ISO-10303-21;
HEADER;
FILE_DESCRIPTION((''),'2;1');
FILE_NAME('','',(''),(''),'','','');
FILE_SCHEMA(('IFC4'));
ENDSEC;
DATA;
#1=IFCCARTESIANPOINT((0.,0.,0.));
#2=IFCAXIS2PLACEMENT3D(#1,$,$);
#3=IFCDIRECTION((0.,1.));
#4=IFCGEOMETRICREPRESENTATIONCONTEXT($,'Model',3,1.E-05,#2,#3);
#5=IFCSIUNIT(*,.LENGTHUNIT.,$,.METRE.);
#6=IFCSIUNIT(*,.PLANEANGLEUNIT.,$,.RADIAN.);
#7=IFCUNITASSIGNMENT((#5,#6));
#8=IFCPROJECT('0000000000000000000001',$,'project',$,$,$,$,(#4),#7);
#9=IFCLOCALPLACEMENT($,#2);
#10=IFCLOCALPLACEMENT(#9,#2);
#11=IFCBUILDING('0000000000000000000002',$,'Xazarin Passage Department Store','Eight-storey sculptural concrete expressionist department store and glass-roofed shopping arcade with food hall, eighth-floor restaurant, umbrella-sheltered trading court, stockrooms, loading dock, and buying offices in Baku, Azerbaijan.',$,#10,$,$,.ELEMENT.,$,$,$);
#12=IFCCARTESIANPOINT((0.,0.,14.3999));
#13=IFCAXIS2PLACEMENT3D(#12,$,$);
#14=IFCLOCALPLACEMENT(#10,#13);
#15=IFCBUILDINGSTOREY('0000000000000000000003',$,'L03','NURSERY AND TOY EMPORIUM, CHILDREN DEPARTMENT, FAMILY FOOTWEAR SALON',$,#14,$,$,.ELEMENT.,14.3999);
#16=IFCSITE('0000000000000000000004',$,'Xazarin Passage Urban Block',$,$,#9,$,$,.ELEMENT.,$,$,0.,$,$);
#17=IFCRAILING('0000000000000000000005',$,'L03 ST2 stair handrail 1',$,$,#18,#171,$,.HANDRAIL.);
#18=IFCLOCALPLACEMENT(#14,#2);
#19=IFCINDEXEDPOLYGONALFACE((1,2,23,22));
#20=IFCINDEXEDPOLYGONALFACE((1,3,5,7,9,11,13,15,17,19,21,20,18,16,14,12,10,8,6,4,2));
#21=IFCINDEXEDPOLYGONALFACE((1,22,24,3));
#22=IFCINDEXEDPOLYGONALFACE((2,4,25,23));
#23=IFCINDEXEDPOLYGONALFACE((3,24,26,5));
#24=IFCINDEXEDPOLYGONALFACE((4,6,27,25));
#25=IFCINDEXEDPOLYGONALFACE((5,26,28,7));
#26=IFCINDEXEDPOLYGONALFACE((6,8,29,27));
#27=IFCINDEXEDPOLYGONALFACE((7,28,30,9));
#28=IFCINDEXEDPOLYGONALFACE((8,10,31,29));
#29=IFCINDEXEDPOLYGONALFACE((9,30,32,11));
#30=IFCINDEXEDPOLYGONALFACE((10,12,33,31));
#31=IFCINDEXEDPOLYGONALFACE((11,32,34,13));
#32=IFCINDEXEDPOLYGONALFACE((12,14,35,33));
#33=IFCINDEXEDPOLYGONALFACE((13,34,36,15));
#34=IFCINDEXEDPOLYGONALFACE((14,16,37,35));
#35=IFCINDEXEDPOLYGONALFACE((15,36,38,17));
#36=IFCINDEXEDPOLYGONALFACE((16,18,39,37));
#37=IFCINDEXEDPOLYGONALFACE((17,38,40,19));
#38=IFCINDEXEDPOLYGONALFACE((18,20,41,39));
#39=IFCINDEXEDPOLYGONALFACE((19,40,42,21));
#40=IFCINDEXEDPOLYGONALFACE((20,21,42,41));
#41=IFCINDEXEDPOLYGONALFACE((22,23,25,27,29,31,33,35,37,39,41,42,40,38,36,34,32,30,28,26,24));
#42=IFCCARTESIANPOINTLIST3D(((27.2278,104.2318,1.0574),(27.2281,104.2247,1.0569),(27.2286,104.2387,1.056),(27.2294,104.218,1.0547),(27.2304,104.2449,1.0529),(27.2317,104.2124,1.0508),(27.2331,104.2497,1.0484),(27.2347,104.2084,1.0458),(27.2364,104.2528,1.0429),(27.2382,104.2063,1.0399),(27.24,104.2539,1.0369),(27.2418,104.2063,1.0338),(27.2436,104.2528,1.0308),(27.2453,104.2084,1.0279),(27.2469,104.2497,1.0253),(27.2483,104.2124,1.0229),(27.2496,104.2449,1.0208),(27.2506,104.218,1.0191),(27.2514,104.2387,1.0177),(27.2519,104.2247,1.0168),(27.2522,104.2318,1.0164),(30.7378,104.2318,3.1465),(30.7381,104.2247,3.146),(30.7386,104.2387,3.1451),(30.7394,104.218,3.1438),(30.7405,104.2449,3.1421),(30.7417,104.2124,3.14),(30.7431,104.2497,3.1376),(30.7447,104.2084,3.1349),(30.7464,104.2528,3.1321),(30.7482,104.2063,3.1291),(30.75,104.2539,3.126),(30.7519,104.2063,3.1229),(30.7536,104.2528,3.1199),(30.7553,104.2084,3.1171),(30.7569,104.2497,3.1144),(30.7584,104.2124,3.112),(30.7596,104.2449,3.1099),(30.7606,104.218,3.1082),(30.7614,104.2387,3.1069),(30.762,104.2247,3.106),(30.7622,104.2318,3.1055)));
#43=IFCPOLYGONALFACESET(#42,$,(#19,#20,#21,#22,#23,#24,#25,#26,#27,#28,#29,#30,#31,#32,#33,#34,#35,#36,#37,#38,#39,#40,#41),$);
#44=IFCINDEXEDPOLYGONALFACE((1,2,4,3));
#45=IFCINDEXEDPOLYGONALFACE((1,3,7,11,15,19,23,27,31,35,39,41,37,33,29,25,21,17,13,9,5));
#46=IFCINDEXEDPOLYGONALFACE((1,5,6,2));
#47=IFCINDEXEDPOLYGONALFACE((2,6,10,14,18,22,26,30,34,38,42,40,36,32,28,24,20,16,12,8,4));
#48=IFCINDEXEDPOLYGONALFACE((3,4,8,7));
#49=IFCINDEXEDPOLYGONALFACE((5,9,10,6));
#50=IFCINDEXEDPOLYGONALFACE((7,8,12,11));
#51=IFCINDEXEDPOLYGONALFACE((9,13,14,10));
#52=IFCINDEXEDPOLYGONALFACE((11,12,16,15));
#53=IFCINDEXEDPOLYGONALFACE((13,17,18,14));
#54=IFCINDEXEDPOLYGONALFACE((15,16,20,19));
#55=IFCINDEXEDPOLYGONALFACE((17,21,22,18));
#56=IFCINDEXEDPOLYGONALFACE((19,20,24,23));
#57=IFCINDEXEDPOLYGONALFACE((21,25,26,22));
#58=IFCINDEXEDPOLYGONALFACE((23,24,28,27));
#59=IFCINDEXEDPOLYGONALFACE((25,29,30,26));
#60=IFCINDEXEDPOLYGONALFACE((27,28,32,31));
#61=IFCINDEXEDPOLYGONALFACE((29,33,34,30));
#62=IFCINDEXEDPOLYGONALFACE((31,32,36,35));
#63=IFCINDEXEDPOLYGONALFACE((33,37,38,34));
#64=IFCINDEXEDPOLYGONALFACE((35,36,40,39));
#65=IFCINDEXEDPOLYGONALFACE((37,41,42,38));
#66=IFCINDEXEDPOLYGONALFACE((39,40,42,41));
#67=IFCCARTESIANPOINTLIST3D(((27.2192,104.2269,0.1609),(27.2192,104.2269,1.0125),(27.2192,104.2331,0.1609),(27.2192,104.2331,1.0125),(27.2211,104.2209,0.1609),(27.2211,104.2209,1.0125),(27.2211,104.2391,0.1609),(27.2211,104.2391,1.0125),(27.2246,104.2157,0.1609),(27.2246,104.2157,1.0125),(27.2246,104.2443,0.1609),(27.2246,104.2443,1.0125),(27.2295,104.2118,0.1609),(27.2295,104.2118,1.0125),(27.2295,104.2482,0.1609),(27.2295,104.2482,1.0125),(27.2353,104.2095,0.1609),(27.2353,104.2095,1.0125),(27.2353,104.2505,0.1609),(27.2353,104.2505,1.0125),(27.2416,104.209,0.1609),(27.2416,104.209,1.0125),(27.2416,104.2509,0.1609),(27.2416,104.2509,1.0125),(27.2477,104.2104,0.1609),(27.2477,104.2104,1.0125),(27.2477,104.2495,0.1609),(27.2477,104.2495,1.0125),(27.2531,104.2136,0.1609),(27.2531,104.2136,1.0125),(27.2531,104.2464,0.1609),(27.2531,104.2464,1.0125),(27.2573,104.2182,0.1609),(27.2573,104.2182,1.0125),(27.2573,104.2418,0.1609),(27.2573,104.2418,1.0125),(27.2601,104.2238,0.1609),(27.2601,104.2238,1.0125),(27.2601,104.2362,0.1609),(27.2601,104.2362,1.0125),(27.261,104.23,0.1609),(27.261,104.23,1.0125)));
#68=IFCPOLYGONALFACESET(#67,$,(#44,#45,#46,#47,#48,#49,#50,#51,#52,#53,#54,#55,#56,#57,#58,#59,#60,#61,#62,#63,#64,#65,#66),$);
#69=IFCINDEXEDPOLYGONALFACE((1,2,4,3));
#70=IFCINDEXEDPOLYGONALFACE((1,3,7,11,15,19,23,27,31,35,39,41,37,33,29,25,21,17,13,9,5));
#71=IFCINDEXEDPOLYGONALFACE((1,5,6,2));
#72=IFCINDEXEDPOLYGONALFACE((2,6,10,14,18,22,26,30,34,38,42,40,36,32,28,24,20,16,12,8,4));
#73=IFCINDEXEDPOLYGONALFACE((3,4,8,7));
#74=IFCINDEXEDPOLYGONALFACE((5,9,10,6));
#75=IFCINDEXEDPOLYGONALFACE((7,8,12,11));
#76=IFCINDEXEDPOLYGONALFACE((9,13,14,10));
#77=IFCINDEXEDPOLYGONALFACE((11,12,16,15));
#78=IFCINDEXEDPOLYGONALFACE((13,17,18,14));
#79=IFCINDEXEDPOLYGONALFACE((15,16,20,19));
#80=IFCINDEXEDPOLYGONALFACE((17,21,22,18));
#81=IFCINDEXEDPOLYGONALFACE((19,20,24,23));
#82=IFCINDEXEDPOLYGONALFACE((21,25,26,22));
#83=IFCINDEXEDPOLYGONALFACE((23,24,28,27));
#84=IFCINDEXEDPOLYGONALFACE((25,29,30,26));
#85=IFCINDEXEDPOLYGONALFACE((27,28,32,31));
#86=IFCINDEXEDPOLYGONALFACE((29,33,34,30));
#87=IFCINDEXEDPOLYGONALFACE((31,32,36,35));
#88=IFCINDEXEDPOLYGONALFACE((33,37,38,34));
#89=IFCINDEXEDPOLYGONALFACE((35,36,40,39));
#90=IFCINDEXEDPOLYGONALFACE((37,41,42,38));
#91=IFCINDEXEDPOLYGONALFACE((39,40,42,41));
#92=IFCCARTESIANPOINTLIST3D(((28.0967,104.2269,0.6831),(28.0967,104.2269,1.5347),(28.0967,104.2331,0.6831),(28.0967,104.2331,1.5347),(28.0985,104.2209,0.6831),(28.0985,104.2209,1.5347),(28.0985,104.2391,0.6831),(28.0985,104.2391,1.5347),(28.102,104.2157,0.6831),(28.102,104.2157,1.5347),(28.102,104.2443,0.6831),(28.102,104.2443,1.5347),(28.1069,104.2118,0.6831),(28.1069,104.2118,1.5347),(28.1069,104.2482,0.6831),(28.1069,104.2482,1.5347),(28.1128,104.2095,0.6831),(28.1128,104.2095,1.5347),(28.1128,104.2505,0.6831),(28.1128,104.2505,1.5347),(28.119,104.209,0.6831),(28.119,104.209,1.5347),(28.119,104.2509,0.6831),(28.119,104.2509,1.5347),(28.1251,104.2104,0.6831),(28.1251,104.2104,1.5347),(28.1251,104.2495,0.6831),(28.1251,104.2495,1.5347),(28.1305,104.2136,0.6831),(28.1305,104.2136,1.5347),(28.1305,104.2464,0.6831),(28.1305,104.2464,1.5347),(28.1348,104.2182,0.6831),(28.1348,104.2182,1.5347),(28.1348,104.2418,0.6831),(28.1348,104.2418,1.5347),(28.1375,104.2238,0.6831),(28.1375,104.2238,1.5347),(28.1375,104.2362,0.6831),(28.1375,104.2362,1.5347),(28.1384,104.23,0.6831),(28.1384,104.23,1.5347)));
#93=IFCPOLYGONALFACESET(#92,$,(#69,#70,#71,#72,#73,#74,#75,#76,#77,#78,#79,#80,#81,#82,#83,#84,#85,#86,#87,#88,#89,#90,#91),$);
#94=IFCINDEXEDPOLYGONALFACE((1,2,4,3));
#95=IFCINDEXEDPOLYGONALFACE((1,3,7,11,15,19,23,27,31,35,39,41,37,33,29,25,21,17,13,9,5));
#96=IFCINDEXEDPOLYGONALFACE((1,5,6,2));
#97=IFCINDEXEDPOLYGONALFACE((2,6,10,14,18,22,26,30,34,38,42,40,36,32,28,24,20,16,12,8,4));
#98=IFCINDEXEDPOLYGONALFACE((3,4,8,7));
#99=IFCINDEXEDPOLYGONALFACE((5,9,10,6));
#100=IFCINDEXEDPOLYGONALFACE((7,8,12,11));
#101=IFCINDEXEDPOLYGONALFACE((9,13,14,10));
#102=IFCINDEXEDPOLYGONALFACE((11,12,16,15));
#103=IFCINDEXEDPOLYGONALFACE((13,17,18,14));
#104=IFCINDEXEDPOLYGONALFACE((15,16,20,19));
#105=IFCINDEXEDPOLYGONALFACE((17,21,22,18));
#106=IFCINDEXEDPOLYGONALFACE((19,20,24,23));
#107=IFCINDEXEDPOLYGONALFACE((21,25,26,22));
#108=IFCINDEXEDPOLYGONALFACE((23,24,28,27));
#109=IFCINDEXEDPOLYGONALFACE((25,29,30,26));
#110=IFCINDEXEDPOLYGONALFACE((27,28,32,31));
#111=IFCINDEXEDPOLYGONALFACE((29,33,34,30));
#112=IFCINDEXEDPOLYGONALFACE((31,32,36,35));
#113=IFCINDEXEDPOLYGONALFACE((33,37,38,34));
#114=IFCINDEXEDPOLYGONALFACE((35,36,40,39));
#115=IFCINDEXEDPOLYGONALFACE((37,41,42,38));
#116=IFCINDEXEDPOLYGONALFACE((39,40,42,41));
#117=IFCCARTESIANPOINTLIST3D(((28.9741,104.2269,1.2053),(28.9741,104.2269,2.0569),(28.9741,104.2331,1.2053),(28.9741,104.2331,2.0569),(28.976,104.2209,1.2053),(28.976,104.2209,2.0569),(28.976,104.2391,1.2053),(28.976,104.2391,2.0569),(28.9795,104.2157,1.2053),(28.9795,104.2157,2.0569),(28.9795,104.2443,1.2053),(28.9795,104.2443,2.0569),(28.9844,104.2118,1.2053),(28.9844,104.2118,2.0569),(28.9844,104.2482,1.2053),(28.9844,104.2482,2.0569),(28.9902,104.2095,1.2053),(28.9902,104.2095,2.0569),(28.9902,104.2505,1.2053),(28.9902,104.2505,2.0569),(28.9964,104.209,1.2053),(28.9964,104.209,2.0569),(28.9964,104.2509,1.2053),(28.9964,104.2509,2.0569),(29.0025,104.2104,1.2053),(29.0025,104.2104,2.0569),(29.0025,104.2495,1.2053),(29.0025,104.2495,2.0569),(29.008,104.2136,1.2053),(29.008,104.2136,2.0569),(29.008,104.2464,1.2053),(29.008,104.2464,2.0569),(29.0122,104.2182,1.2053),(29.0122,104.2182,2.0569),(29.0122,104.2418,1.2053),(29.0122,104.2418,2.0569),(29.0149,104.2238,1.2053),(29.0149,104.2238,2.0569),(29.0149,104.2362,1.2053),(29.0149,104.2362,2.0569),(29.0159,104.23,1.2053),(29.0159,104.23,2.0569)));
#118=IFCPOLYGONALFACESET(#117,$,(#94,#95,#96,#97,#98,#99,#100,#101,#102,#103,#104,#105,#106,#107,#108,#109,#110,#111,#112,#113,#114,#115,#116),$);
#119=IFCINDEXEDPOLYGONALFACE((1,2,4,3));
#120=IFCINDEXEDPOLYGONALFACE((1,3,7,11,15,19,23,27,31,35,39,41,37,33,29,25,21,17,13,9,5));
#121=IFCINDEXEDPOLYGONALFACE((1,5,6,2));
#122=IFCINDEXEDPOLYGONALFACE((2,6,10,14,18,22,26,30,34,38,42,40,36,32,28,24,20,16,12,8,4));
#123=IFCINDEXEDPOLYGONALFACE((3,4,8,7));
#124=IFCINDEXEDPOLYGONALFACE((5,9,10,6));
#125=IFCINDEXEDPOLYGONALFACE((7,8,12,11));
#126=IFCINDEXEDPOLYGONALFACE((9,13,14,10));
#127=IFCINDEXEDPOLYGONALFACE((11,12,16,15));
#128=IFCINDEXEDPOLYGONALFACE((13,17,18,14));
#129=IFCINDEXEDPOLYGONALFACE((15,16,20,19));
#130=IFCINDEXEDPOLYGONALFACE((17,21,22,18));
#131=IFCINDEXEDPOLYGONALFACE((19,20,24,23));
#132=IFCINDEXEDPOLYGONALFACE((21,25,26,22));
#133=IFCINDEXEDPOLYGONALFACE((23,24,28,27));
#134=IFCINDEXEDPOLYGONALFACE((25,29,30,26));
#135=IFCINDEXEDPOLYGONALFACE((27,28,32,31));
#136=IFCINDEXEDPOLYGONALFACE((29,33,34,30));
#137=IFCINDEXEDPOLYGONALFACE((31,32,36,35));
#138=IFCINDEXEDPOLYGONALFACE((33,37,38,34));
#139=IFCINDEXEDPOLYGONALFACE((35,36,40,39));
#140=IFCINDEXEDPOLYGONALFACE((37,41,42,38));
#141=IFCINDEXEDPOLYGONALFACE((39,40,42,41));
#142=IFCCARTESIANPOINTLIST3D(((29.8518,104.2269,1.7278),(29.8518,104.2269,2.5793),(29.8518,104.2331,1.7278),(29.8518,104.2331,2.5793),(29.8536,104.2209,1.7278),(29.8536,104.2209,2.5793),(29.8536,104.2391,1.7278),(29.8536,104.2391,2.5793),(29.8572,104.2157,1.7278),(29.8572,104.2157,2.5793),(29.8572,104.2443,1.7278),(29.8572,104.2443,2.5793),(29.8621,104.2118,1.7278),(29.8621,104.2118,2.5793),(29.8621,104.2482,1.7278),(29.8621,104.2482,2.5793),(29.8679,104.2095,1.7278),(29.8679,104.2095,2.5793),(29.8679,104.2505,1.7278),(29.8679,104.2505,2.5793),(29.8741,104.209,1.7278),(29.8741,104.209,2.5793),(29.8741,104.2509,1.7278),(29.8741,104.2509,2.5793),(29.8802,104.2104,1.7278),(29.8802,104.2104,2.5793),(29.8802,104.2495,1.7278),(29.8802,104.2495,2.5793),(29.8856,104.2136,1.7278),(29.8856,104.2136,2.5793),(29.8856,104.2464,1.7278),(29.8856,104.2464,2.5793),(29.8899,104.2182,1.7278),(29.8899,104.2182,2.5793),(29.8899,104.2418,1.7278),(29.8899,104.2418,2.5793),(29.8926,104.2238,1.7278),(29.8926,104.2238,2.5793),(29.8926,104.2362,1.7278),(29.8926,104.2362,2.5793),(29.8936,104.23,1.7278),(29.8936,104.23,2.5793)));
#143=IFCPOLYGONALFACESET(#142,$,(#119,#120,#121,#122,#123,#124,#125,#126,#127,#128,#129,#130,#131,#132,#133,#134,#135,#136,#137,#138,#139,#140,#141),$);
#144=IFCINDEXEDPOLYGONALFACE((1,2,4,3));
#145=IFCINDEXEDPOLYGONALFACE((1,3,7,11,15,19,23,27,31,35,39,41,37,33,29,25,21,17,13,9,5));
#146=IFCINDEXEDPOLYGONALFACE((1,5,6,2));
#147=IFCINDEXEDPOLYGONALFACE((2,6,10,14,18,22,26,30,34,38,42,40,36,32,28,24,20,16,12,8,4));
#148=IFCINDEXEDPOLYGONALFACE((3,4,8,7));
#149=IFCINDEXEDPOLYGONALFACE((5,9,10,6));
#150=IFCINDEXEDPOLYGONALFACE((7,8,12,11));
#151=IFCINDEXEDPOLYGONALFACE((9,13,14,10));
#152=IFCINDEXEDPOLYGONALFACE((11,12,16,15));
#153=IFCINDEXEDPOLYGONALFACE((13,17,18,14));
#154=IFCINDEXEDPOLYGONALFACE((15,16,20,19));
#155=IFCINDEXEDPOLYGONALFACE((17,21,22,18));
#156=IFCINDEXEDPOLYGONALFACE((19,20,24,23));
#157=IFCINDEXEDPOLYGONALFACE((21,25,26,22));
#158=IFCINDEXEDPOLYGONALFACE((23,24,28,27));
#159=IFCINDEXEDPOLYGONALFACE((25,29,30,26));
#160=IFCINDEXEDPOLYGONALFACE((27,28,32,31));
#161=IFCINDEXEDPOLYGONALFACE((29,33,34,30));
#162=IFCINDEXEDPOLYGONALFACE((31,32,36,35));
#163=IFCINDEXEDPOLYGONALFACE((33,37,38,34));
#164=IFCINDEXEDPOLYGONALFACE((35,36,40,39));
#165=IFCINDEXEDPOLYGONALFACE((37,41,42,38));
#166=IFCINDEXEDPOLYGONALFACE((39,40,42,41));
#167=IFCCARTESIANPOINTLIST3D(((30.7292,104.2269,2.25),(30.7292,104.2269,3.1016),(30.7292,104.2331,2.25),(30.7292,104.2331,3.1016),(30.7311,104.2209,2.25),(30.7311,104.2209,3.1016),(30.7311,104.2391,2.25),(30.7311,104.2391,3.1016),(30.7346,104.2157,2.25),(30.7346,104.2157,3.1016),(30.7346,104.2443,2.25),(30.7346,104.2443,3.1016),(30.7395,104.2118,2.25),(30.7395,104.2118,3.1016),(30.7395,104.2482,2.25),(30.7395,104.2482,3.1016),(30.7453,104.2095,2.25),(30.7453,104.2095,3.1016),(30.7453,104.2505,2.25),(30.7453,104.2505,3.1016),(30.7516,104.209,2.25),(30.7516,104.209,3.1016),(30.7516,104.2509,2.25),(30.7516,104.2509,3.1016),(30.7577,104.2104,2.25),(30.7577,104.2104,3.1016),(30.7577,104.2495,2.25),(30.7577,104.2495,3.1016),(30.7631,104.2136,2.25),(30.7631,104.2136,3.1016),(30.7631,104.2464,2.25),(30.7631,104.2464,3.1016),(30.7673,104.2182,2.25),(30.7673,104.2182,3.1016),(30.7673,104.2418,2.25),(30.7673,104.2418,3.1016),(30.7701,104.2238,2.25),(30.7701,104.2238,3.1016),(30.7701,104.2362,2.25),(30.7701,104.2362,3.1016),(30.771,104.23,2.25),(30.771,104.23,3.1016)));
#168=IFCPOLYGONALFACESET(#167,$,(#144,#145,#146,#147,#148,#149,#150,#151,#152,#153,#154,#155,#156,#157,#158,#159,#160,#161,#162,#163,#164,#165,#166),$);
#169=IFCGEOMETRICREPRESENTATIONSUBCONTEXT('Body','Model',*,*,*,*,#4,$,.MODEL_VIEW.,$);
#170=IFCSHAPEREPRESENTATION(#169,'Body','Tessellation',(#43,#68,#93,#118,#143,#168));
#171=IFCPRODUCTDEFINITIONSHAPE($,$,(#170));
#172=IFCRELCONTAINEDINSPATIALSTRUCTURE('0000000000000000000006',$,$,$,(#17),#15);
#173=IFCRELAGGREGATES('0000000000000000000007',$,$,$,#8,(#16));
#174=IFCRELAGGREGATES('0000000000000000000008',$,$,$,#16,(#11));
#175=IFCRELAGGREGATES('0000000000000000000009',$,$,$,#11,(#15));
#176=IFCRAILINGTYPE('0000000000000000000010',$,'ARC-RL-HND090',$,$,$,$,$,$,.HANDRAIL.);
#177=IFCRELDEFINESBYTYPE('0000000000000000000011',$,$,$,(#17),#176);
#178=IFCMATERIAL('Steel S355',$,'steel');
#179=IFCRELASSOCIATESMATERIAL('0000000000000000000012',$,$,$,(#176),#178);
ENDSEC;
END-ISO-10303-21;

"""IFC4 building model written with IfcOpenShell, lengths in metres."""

from ifc_helpers import new_model, si_unit, direction, frame, origin, origin_2d, place, context, subcontext, project, spatial, circle, extrude, material, type_object, element, save


model = new_model("IFC4")

# Units and contexts
model_context = context("Model", 3, precision=1e-05, world=origin(), true_north=direction((0.0, 1.0)))
body_context = subcontext(model_context, "Body", "Model", "MODEL_VIEW")
ifc_project = project(units=[si_unit("LENGTHUNIT", "METRE"), si_unit("PLANEANGLEUNIT", "RADIAN")], contexts=[model_context])

# Site, building, storey
site_placement = place(None, origin())
site = spatial("IfcSite", under=ifc_project, at=site_placement, Name="Xazarin Passage Urban Block", CompositionType="ELEMENT", RefElevation=0.0)
building_placement = place(site_placement, origin())
building = spatial("IfcBuilding", under=site, at=building_placement, Name="Xazarin Passage Department Store", Description="Eight-storey sculptural concrete expressionist department store and glass-roofed shopping arcade with food hall, eighth-floor restaurant, umbrella-sheltered trading court, stockrooms, loading dock, and buying offices in Baku, Azerbaijan.", CompositionType="ELEMENT")
storey_placement = place(building_placement, frame((0.0, 0.0, 14.3999)))
storey = spatial("IfcBuildingStorey", under=building, at=storey_placement, Name="L03", Description="NURSERY AND TOY EMPORIUM, CHILDREN DEPARTMENT, FAMILY FOOTWEAR SALON", CompositionType="ELEMENT", Elevation=14.3999)

# Shared definitions
ifc_material_1 = material(Name="Steel S355", Category="steel")

# Railing
railing_type_1 = type_object("IfcRailingType", Name="ARC-RL-HND090", PredefinedType="HANDRAIL", material=ifc_material_1)
railing_1_placement = place(storey_placement, frame((27.24, 104.23, 0.1609)))
element("IfcRailing", 1, at=railing_1_placement, inside=storey, type_object=railing_type_1, Name="L03 ST2 stair handrail 1", PredefinedType="HANDRAIL", context=body_context, shape_type="SweptSolid", body=[
    extrude(circle(Radius=0.0239, at=origin_2d()), frame((0.0, 0.0, 0.876), z_axis=(0.859312, 0.0, 0.511451), x_axis=(0.0, 1.0, 0.0)), (0.0, 0.0, 1.0), 4.0847),
    extrude(circle(Radius=0.021, at=origin_2d()), origin(), (0.0, 0.0, 1.0), 0.8516),
    extrude(circle(Radius=0.021, at=origin_2d()), frame((0.8774, 0.0, 0.5222)), (0.0, 0.0, 1.0), 0.8516),
    extrude(circle(Radius=0.021, at=origin_2d()), frame((1.7549, 0.0, 1.0444)), (0.0, 0.0, 1.0), 0.8516),
    extrude(circle(Radius=0.021, at=origin_2d()), frame((2.6326, 0.0, 1.5669)), (0.0, 0.0, 1.0), 0.8516),
    extrude(circle(Radius=0.021, at=origin_2d()), frame((3.51, 0.0, 2.0891)), (0.0, 0.0, 1.0), 0.8516),
])

save(model, "model.ifc")
